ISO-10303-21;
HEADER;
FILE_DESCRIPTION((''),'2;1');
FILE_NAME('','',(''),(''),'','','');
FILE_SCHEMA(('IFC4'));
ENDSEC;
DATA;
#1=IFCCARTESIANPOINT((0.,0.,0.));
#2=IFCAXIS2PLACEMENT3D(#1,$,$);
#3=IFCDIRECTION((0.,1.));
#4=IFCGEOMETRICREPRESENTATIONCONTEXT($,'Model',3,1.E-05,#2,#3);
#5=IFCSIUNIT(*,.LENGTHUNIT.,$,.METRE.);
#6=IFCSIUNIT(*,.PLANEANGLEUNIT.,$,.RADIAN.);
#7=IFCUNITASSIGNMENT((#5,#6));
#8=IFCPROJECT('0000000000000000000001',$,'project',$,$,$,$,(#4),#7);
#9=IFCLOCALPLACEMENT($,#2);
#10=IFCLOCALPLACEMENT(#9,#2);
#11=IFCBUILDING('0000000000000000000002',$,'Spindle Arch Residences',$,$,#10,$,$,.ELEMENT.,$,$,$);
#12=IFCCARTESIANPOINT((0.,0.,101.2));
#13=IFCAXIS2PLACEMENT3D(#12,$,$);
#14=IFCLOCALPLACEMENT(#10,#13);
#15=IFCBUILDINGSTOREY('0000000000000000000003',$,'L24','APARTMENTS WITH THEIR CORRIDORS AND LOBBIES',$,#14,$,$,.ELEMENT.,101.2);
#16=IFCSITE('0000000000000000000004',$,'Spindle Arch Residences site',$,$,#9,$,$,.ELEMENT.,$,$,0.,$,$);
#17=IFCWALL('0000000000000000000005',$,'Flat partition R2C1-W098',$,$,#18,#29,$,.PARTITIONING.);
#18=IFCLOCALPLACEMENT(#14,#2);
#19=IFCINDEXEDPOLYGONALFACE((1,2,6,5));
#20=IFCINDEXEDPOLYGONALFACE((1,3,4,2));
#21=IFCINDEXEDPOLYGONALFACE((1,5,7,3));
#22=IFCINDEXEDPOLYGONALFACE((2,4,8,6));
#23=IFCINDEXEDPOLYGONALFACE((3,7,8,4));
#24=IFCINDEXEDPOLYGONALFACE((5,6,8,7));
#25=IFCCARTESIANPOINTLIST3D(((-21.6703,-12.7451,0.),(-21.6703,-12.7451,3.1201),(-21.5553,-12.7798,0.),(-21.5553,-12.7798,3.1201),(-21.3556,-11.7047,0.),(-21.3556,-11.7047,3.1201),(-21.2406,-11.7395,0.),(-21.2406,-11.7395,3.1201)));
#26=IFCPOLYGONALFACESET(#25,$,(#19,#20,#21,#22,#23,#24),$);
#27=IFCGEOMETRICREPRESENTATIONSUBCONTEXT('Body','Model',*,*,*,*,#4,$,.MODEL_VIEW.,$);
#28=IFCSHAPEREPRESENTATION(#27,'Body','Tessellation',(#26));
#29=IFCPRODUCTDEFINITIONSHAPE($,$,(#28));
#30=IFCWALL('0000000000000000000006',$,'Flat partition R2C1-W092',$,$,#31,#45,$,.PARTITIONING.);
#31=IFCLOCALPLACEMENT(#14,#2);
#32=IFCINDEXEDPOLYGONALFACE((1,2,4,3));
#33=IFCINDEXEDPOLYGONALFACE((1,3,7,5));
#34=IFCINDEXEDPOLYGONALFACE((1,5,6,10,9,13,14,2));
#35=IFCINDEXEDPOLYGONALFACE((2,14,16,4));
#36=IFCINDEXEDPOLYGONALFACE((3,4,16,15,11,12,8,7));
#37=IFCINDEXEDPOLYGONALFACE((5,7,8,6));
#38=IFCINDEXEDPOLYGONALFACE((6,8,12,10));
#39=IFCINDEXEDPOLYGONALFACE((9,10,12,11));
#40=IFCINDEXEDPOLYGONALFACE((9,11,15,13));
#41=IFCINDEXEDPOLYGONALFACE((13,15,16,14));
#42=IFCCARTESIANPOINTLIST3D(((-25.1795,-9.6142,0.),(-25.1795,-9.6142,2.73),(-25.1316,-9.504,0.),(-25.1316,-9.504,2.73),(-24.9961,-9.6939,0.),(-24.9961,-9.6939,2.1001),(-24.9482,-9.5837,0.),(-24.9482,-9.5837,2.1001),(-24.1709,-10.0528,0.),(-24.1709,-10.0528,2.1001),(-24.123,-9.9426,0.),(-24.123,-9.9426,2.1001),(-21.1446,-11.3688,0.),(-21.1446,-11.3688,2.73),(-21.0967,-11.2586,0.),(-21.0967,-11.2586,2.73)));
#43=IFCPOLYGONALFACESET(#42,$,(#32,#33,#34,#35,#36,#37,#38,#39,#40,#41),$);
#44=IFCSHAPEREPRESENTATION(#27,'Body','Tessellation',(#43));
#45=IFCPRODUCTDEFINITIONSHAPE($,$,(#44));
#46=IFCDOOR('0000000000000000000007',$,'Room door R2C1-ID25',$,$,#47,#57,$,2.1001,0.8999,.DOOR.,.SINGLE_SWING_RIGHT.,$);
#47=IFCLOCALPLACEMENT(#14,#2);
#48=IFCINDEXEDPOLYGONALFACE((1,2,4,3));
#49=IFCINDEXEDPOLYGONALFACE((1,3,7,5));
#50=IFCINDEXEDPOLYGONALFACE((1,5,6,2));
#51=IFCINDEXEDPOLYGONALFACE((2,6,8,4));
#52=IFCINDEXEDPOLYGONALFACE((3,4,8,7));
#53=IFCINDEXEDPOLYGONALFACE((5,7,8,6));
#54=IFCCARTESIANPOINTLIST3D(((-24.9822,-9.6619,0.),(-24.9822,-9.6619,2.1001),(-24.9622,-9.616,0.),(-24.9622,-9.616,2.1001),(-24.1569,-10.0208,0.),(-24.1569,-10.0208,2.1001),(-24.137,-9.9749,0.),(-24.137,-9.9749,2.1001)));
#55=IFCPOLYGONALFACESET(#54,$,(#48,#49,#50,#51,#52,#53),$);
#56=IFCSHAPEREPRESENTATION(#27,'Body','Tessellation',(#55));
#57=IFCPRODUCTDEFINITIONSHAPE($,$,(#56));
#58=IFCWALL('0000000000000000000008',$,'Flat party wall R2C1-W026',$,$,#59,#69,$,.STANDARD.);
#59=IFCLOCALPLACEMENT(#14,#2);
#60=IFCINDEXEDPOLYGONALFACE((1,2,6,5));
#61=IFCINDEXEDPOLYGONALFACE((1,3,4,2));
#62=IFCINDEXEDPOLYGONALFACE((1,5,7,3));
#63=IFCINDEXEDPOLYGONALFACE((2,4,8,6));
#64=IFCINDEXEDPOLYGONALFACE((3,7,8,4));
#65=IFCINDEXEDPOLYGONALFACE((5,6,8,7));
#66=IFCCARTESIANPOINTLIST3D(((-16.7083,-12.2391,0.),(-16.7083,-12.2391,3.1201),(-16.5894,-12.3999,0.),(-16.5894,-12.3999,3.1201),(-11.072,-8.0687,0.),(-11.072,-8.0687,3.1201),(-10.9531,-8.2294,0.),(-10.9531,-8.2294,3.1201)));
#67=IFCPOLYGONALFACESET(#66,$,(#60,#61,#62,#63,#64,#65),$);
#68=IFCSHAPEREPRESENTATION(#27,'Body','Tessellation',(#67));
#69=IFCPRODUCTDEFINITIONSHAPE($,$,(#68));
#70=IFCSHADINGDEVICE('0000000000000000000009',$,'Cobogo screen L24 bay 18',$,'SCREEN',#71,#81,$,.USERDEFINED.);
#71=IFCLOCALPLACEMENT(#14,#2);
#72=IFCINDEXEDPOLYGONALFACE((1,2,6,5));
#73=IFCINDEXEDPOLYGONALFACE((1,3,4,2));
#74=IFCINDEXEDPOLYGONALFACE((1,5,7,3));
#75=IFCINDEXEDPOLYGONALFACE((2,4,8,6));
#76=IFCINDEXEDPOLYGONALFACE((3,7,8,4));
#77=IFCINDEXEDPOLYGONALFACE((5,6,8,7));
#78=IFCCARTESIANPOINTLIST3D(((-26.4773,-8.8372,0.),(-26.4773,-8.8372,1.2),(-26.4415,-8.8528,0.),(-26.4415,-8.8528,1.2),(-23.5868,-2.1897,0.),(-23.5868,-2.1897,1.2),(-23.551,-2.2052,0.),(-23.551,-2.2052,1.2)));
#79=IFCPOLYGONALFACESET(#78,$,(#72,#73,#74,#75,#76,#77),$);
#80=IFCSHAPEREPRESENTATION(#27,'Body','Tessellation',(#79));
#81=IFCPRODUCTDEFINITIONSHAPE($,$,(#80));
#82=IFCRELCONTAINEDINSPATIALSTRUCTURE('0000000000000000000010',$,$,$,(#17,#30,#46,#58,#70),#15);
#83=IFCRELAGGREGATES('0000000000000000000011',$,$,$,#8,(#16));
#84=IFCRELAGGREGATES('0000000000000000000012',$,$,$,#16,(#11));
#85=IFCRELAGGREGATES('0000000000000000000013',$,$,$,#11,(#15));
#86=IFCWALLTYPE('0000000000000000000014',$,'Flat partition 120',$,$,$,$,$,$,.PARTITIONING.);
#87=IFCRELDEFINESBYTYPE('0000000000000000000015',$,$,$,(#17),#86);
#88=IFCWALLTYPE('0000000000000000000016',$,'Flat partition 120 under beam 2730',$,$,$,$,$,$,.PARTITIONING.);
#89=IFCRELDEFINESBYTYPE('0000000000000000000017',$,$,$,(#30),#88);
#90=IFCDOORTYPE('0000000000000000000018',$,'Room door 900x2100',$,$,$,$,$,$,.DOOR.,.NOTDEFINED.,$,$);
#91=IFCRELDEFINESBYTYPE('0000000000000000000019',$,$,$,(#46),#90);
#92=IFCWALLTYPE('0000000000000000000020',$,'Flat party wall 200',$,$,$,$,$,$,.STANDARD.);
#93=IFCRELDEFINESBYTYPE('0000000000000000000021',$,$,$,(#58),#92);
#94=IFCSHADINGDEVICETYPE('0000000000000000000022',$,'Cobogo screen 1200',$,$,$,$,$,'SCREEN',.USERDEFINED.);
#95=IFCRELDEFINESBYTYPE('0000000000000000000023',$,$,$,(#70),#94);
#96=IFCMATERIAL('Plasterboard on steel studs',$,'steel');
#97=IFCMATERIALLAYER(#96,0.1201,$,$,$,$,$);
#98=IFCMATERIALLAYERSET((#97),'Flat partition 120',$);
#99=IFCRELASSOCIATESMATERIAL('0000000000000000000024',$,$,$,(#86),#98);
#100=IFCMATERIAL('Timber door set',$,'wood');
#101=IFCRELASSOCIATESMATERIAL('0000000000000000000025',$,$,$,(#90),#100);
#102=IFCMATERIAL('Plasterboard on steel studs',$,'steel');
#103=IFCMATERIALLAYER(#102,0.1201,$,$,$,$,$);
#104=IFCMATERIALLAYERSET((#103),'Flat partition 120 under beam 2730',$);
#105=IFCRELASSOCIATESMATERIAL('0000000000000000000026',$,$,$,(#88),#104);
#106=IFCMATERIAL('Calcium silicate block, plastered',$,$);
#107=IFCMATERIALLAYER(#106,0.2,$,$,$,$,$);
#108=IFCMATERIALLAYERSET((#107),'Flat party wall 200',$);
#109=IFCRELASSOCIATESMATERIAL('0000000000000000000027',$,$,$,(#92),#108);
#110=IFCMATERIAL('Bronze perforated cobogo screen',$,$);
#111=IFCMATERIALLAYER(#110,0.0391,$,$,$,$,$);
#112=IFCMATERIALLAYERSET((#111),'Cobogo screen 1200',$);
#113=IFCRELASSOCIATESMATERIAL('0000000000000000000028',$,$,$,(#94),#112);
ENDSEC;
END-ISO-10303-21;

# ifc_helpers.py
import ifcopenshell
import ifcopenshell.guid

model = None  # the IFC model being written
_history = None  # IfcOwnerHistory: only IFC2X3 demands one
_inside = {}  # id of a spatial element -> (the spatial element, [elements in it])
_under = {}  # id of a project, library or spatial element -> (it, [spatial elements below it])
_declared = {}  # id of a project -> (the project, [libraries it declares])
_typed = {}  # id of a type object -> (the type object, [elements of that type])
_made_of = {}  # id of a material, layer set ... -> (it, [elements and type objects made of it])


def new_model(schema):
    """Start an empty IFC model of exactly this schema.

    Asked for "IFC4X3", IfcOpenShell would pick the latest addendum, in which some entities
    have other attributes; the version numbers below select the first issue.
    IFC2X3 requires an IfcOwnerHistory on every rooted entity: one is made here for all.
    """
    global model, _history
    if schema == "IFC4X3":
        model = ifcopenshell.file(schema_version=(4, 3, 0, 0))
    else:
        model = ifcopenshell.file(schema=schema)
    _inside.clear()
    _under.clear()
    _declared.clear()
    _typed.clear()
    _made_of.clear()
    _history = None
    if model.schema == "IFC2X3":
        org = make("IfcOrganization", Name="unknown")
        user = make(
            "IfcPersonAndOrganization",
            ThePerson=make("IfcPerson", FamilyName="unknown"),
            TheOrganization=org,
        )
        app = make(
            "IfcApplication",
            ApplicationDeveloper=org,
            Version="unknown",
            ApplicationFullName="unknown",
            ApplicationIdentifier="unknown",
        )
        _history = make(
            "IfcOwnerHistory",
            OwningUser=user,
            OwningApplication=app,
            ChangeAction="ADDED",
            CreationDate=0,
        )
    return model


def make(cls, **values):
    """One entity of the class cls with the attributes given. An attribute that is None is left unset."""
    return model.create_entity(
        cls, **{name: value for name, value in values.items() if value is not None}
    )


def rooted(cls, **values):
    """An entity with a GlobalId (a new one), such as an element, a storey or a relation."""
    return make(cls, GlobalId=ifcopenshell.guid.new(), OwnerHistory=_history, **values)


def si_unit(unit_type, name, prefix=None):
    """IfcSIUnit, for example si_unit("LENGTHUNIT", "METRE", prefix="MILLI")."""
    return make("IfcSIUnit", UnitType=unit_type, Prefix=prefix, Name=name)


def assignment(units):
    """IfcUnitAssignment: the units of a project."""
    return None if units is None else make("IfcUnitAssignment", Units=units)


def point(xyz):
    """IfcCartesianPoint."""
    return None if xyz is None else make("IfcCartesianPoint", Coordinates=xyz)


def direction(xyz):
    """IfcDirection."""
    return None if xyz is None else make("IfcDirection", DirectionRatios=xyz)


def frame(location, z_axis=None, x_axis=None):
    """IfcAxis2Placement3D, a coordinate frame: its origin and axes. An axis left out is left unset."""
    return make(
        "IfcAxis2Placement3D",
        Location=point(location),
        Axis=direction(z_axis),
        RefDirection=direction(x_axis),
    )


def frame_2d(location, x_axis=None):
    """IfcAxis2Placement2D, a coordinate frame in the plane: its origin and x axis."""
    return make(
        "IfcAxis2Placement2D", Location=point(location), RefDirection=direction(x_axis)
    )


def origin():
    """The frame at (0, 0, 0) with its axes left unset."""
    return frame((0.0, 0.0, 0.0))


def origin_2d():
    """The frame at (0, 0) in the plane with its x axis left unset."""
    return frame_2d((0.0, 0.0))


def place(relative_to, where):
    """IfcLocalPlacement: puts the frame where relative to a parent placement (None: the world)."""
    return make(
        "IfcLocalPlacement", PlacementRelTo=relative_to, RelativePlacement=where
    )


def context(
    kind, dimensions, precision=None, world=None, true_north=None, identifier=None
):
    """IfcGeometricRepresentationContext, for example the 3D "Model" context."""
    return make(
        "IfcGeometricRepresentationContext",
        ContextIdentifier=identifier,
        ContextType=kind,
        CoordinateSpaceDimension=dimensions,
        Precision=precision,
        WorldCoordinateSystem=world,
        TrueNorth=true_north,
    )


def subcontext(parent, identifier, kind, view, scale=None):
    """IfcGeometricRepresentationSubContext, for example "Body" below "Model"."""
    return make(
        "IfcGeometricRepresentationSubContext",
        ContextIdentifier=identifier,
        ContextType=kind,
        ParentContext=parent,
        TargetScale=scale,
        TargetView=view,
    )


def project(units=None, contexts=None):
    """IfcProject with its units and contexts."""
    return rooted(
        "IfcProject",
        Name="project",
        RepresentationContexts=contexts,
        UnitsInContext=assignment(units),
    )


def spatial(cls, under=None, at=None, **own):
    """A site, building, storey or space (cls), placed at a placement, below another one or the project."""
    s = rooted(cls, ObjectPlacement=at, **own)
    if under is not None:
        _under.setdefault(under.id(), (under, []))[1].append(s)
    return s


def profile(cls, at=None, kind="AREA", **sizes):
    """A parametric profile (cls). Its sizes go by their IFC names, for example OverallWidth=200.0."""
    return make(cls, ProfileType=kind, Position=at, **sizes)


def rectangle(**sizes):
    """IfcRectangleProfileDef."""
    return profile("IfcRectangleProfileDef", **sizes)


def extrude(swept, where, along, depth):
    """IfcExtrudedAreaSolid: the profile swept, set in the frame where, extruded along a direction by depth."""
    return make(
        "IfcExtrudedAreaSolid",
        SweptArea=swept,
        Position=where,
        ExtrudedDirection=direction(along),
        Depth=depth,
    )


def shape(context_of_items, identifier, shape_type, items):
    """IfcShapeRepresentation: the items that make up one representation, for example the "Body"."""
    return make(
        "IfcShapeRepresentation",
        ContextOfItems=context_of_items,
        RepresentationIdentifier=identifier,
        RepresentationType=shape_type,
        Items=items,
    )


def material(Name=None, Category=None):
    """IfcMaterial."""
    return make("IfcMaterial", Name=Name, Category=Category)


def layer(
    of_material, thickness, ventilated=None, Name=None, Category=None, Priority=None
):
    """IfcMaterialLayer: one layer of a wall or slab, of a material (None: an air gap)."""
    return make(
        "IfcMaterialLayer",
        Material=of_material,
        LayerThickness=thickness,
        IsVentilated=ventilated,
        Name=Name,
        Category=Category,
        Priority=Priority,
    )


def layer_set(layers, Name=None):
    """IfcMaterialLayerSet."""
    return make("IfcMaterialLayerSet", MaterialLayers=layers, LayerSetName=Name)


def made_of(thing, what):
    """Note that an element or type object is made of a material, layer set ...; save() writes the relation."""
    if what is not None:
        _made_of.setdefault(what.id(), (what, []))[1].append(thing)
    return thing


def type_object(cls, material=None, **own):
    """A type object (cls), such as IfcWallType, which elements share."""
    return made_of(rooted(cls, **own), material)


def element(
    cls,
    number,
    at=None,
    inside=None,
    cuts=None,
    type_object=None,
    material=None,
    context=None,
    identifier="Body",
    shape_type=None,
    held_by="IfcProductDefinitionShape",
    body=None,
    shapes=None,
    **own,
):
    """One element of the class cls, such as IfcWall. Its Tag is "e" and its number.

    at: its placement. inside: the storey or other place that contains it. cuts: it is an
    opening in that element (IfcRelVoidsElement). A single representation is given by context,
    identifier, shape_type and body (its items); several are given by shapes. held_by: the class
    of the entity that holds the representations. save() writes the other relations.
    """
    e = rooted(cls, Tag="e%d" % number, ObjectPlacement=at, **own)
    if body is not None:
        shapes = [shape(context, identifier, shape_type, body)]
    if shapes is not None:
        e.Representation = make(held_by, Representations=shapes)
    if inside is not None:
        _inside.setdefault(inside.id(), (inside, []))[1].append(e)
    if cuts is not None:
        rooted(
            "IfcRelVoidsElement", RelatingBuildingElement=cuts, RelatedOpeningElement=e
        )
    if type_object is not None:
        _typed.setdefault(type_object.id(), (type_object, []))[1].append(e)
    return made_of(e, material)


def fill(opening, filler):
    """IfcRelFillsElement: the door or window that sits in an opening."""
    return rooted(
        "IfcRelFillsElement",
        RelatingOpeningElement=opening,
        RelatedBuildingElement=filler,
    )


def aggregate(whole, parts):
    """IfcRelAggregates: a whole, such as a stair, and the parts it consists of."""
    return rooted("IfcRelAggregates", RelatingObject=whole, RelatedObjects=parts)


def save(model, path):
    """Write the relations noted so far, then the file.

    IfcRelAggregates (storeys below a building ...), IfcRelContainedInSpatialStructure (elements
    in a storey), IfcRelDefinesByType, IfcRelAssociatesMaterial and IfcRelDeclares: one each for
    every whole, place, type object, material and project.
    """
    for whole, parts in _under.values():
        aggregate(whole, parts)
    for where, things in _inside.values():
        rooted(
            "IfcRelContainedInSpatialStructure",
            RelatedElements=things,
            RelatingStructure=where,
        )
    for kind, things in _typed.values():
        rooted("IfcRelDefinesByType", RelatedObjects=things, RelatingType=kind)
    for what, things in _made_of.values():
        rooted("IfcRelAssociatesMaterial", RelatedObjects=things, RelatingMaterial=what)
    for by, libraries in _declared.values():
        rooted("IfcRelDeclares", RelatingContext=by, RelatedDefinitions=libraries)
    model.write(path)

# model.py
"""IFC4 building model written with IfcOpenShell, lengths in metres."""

from ifc_helpers import new_model, si_unit, direction, frame, frame_2d, origin, origin_2d, place, context, subcontext, project, spatial, rectangle, extrude, material, layer, layer_set, type_object, element, fill, save


model = new_model("IFC4")

# Units and contexts
model_context = context("Model", 3, precision=1e-05, world=origin(), true_north=direction((0.0, 1.0)))
body_context = subcontext(model_context, "Body", "Model", "MODEL_VIEW")
ifc_project = project(units=[si_unit("LENGTHUNIT", "METRE"), si_unit("PLANEANGLEUNIT", "RADIAN")], contexts=[model_context])

# Site, building, storey
site_placement = place(None, origin())
site = spatial("IfcSite", under=ifc_project, at=site_placement, Name="Spindle Arch Residences site", CompositionType="ELEMENT", RefElevation=0.0)
building_placement = place(site_placement, origin())
building = spatial("IfcBuilding", under=site, at=building_placement, Name="Spindle Arch Residences", CompositionType="ELEMENT")
storey_placement = place(building_placement, frame((0.0, 0.0, 101.2)))
storey = spatial("IfcBuildingStorey", under=building, at=storey_placement, Name="L24", Description="APARTMENTS WITH THEIR CORRIDORS AND LOBBIES", CompositionType="ELEMENT", Elevation=101.2)

# Shared definitions
ifc_material_1 = material(Name="Plasterboard on steel studs", Category="steel")
ifc_layer_1 = layer(ifc_material_1, 0.1201)
ifc_layer_set_1 = layer_set([ifc_layer_1], Name="Flat partition 120")
wall_type_1 = type_object("IfcWallType", Name="Flat partition 120", PredefinedType="PARTITIONING", material=ifc_layer_set_1)
ifc_material_2 = material(Name="Timber door set", Category="wood")
door_type_1 = type_object("IfcDoorType", Name="Room door 900x2100", OperationType="NOTDEFINED", PredefinedType="DOOR", material=ifc_material_2)

# Wall
wall_1_placement = place(storey_placement, frame((-21.6128, -12.7625, 0.0), z_axis=(0.0, 0.0, 1.0), x_axis=(0.289552, 0.957162, 0.0)))
element("IfcWall", 1, at=wall_1_placement, inside=storey, type_object=wall_type_1, Name="Flat partition R2C1-W098", PredefinedType="PARTITIONING", context=body_context, shape_type="SweptSolid", body=[
    extrude(rectangle(XDim=1.0869, YDim=0.1201, at=frame_2d((0.5435, 0.0))), origin(), (0.0, 0.0, 1.0), 3.1201),
])

# Wall, opening, door
ifc_material_3 = material(Name="Plasterboard on steel studs", Category="steel")
ifc_layer_2 = layer(ifc_material_3, 0.1201)
ifc_layer_set_2 = layer_set([ifc_layer_2], Name="Flat partition 120 under beam 2730")
wall_type_2 = type_object("IfcWallType", Name="Flat partition 120 under beam 2730", PredefinedType="PARTITIONING", material=ifc_layer_set_2)
wall_2_placement = place(storey_placement, frame((-25.1555, -9.5591, 0.0), z_axis=(0.0, 0.0, 1.0), x_axis=(0.917043, -0.398789, 0.0)))
wall_2 = element("IfcWall", 2, at=wall_2_placement, inside=storey, type_object=wall_type_2, Name="Flat partition R2C1-W092", PredefinedType="PARTITIONING", context=body_context, shape_type="SweptSolid", body=[
    extrude(rectangle(XDim=4.3999, YDim=0.1201, at=frame_2d((2.2, 0.0))), origin(), (0.0, 0.0, 1.0), 2.73),
])
opening_1_placement = place(wall_2_placement, frame((0.2, 0.0, 0.0)))
opening_1 = element("IfcOpeningElement", 3, at=opening_1_placement, cuts=wall_2, PredefinedType="OPENING", context=body_context, shape_type="SweptSolid", body=[
    extrude(rectangle(XDim=0.8999, YDim=2.1001, at=frame_2d((0.45, 1.05))), frame((0.0, 0.0701, 0.0), z_axis=(0.0, -1.0, 0.0), x_axis=(1.0, 0.0, 0.0)), (0.0, 0.0, 1.0), 0.1401),
])
door_1_placement = place(opening_1_placement, origin())
door_1 = element("IfcDoor", 4, at=door_1_placement, inside=storey, type_object=door_type_1, Name="Room door R2C1-ID25", OperationType="SINGLE_SWING_RIGHT", OverallHeight=2.1001, OverallWidth=0.8999, PredefinedType="DOOR", context=body_context, shape_type="SweptSolid", body=[
    extrude(rectangle(XDim=0.8999, YDim=2.1001, at=frame_2d((0.45, 1.05))), frame((0.0, 0.0249, 0.0), z_axis=(0.0, -1.0, 0.0), x_axis=(1.0, 0.0, 0.0)), (0.0, 0.0, 1.0), 0.05),
])
fill(opening_1, door_1)

# Wall
ifc_material_4 = material(Name="Calcium silicate block, plastered")
ifc_layer_3 = layer(ifc_material_4, 0.2)
ifc_layer_set_3 = layer_set([ifc_layer_3], Name="Flat party wall 200")
wall_type_3 = type_object("IfcWallType", Name="Flat party wall 200", PredefinedType="STANDARD", material=ifc_layer_set_3)
wall_3_placement = place(storey_placement, frame((-16.6489, -12.3196, 0.0), z_axis=(0.0, 0.0, 1.0), x_axis=(0.803869, 0.594806, 0.0)))
element("IfcWall", 5, at=wall_3_placement, inside=storey, type_object=wall_type_3, Name="Flat party wall R2C1-W026", PredefinedType="STANDARD", context=body_context, shape_type="SweptSolid", body=[
    extrude(rectangle(XDim=7.0115, YDim=0.2, at=frame_2d((3.5059, 0.0))), origin(), (0.0, 0.0, 1.0), 3.1201),
])

# Shading device
ifc_material_5 = material(Name="Bronze perforated cobogo screen")
ifc_layer_4 = layer(ifc_material_5, 0.0391)
ifc_layer_set_4 = layer_set([ifc_layer_4], Name="Cobogo screen 1200")
shading_device_type = type_object("IfcShadingDeviceType", Name="Cobogo screen 1200", ElementType="SCREEN", PredefinedType="USERDEFINED", material=ifc_layer_set_4)
shading_device_placement = place(storey_placement, frame((-25.0142, -5.5212, 0.0), z_axis=(0.0, 0.0, 1.0), x_axis=(-0.398749, -0.91706, 0.0)))
element("IfcShadingDevice", 6, at=shading_device_placement, inside=storey, type_object=shading_device_type, Name="Cobogo screen L24 bay 18", ObjectType="SCREEN", PredefinedType="USERDEFINED", context=body_context, shape_type="SweptSolid", body=[
    extrude(rectangle(XDim=7.2488, YDim=0.0391, at=origin_2d()), origin(), (0.0, 0.0, 1.0), 1.2),
])

save(model, "model.ifc")
